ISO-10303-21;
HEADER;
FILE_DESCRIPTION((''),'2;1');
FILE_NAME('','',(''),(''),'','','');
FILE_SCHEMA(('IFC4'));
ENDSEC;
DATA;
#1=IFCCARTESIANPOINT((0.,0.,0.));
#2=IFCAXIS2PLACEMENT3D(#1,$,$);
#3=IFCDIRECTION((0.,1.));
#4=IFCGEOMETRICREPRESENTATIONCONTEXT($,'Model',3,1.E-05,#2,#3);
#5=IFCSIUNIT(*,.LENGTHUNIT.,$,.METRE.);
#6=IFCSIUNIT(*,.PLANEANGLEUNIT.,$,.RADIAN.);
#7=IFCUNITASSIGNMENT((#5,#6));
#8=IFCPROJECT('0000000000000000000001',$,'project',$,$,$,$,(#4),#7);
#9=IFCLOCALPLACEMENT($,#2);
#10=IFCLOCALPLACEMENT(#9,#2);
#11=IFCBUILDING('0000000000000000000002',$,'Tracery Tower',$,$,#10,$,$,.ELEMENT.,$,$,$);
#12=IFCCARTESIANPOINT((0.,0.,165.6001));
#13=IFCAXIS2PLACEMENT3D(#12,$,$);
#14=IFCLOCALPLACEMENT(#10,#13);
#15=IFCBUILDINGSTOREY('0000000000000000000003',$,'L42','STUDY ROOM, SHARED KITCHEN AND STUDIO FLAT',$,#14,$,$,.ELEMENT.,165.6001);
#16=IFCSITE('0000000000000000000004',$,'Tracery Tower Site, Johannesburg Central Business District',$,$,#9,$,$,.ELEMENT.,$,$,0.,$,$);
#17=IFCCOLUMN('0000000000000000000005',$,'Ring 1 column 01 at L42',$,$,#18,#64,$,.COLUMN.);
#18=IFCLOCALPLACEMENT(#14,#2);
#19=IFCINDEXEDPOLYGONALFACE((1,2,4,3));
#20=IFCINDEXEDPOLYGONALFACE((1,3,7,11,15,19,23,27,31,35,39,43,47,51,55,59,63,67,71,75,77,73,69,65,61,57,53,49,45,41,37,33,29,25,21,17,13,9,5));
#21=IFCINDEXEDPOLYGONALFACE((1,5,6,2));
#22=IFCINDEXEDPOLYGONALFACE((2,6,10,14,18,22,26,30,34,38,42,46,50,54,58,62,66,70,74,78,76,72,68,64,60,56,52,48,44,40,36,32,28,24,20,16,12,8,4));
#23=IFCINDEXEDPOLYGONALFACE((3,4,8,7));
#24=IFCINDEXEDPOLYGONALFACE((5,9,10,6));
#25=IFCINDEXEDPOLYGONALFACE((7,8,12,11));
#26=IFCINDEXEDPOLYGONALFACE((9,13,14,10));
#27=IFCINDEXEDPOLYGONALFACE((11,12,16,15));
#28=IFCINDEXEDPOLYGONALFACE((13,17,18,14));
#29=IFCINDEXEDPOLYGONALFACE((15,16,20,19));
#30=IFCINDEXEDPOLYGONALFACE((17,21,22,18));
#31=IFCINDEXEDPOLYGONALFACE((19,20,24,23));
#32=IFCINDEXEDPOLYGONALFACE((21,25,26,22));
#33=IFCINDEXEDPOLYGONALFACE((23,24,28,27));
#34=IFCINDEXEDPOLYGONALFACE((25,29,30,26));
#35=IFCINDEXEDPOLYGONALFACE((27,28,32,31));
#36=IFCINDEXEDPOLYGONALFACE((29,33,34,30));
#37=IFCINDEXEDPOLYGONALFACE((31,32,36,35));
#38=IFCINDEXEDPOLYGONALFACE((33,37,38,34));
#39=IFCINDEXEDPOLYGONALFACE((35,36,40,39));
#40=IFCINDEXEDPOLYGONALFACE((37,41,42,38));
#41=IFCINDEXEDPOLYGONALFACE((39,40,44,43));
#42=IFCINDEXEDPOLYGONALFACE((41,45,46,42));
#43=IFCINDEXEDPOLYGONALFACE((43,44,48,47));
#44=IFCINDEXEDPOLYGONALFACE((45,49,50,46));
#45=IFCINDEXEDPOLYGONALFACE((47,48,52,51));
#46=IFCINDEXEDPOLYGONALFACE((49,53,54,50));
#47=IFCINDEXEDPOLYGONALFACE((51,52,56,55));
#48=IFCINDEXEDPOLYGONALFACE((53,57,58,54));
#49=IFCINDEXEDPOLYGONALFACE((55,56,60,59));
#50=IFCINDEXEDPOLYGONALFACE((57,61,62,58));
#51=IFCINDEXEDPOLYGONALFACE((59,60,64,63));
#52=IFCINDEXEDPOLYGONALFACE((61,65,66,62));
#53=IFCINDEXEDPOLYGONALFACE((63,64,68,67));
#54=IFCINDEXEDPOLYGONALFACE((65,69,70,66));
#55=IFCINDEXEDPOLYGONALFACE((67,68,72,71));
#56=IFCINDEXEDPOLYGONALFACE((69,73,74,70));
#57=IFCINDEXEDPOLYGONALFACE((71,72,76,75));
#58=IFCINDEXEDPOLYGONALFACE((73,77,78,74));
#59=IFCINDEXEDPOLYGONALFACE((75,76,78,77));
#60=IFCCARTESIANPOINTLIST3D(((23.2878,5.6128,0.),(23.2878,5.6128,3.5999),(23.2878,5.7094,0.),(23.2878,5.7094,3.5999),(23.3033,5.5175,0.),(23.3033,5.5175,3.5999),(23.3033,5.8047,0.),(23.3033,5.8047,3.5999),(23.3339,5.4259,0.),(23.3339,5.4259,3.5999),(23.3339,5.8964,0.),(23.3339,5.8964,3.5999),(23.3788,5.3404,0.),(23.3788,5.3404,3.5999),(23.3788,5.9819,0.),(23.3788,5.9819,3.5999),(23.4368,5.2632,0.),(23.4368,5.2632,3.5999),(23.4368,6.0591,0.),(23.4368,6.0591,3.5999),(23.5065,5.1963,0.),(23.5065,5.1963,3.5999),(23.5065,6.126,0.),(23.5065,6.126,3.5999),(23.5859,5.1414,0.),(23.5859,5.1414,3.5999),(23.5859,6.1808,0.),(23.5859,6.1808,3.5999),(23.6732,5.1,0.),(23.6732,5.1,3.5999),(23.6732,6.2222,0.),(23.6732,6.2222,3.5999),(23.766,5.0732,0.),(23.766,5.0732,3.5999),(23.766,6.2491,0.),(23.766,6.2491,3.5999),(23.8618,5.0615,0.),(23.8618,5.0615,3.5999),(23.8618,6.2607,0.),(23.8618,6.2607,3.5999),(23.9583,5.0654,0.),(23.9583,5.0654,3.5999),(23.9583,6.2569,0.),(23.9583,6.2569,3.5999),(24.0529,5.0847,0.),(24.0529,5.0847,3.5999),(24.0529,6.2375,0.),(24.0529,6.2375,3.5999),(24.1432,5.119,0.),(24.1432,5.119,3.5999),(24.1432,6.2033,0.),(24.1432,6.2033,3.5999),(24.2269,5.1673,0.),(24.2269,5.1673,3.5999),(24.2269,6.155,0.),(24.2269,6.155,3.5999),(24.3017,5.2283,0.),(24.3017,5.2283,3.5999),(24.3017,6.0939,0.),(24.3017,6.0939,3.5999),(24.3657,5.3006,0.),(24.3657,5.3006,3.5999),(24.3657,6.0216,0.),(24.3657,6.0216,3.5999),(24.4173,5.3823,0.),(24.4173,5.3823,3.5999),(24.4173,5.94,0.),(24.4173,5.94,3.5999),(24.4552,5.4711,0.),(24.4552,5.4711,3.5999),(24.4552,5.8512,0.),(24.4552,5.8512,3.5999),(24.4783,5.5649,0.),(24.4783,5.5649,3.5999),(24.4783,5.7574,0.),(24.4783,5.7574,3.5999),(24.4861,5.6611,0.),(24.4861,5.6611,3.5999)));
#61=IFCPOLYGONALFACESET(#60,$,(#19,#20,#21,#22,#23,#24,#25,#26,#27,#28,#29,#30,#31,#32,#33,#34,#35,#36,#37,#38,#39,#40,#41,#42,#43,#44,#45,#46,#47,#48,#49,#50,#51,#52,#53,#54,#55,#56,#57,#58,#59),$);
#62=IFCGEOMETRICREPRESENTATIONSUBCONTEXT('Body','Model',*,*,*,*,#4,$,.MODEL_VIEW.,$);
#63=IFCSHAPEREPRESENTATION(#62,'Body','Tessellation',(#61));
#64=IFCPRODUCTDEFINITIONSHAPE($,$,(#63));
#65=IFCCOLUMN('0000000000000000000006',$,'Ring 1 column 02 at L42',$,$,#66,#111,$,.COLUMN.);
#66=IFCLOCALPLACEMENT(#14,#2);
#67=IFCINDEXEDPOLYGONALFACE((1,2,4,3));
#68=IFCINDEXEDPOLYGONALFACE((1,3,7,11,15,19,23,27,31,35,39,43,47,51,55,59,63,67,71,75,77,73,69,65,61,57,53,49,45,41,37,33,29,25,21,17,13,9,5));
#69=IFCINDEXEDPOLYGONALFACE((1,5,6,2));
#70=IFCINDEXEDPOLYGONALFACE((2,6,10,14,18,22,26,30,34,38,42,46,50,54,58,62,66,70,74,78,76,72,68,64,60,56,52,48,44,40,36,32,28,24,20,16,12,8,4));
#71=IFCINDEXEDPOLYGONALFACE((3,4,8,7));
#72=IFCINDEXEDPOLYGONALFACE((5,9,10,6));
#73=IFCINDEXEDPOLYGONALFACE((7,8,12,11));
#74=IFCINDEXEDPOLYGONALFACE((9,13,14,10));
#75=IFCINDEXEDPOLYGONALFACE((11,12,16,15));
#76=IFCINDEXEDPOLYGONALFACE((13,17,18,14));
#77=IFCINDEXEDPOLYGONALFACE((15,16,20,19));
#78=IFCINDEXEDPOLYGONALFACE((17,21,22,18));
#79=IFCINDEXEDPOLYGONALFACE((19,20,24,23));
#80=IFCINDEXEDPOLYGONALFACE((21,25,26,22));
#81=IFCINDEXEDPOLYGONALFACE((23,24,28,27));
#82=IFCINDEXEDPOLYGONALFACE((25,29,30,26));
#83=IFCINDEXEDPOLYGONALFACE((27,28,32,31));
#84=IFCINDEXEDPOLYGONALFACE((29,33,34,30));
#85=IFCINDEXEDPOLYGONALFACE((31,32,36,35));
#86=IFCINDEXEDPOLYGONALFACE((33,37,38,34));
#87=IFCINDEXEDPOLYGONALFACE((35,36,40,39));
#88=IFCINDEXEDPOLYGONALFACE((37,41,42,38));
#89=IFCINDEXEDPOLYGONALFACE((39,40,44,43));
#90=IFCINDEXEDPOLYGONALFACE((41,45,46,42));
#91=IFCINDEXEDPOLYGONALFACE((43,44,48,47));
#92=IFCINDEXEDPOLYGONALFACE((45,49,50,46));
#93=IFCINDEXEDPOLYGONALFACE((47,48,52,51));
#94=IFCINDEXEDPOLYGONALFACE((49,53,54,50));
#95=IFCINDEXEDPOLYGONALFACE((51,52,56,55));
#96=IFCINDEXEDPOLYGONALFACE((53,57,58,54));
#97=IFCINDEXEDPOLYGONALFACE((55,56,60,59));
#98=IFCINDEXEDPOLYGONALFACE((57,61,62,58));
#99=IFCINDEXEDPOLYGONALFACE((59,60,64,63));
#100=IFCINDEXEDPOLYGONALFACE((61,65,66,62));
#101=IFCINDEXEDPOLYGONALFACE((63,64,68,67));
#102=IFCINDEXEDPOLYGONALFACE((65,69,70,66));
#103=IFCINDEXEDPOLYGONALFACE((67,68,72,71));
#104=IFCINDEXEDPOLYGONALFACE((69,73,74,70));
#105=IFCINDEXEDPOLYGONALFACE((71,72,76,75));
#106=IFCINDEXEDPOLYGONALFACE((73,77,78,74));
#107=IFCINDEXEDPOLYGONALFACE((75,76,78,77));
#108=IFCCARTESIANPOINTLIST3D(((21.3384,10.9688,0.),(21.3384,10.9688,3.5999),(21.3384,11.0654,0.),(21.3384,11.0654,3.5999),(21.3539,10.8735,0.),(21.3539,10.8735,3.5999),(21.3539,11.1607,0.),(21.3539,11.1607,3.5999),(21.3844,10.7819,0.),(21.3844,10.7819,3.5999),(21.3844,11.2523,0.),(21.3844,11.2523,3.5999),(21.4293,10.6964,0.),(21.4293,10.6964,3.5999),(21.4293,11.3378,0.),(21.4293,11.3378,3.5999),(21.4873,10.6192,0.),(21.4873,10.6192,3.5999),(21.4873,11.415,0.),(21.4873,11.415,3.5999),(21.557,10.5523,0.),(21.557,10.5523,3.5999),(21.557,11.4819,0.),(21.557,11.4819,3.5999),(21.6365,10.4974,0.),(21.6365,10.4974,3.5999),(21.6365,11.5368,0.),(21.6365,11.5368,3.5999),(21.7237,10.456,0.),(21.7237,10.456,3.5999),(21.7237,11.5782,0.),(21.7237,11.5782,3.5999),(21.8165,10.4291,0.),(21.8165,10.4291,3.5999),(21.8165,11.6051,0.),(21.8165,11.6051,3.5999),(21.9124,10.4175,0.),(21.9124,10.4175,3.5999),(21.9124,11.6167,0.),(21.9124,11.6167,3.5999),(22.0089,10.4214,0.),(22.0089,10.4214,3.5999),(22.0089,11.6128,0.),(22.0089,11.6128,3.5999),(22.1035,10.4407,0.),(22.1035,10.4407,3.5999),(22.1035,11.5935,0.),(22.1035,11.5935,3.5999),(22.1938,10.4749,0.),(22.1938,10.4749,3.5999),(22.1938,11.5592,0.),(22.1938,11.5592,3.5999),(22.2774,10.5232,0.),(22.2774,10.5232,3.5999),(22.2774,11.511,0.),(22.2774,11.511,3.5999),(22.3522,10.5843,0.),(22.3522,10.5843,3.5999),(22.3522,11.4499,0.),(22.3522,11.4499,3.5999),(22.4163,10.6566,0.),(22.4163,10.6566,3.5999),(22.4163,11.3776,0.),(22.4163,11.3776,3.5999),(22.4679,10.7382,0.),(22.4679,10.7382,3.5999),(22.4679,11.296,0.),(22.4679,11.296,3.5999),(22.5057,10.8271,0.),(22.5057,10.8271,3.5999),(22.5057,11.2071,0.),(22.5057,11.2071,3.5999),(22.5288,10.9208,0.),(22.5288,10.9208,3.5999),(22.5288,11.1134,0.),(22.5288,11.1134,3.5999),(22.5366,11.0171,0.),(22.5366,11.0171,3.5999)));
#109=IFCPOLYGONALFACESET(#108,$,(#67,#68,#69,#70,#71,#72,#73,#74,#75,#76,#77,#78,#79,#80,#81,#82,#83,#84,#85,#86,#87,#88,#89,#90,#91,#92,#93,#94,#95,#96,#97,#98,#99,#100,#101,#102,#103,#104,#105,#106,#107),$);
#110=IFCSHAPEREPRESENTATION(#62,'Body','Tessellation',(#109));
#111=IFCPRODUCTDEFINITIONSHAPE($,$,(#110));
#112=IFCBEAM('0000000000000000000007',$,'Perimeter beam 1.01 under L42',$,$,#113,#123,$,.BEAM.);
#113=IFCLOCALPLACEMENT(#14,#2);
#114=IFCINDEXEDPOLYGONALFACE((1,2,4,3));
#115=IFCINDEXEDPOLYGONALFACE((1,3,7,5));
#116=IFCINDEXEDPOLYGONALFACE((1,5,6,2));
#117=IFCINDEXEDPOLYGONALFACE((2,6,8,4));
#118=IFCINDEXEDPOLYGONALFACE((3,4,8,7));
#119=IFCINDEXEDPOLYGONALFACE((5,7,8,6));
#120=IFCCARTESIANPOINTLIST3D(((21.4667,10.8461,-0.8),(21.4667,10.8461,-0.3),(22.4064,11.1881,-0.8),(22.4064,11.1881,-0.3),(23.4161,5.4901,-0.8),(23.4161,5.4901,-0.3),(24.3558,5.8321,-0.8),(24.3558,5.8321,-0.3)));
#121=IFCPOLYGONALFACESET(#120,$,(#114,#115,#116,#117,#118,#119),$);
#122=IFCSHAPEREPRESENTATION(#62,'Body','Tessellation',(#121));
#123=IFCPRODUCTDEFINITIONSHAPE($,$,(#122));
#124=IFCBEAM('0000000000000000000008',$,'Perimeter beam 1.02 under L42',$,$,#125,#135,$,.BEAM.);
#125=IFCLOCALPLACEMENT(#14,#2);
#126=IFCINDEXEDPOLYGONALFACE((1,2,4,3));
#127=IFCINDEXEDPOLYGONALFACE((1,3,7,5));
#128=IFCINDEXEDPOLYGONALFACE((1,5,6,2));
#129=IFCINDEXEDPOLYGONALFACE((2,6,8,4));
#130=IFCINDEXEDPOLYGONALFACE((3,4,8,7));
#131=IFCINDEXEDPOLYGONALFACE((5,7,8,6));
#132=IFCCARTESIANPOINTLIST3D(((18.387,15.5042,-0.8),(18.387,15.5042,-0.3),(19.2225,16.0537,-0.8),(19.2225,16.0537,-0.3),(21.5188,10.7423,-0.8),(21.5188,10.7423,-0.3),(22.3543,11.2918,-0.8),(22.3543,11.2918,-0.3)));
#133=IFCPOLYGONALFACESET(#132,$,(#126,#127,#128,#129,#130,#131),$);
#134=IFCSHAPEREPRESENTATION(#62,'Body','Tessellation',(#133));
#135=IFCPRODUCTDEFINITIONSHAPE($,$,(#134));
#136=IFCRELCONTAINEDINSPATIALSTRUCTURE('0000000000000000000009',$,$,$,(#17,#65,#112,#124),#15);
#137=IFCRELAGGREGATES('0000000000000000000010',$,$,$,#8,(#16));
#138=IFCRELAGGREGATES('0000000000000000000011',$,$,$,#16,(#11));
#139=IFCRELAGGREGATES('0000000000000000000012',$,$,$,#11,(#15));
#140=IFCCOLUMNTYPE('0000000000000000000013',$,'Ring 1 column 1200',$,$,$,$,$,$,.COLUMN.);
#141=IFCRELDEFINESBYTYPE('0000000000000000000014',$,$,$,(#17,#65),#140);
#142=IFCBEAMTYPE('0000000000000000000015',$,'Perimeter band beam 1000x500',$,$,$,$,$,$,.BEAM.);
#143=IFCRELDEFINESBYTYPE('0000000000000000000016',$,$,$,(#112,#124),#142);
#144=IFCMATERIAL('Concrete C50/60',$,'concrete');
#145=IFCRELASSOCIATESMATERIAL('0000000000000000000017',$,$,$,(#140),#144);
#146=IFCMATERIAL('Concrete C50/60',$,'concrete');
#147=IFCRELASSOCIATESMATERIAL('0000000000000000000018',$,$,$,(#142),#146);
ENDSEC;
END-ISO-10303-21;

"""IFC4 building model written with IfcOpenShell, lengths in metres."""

from ifc_helpers import new_model, si_unit, direction, frame, origin, origin_2d, place, context, subcontext, project, spatial, rectangle, circle, extrude, material, material_profile, profile_set, type_object, element, save


model = new_model("IFC4")

# Units and contexts
model_context = context("Model", 3, precision=1e-05, world=origin(), true_north=direction((0.0, 1.0)))
body_context = subcontext(model_context, "Body", "Model", "MODEL_VIEW")
ifc_project = project(units=[si_unit("LENGTHUNIT", "METRE"), si_unit("PLANEANGLEUNIT", "RADIAN")], contexts=[model_context])

# Site, building, storey
site_placement = place(None, origin())
site = spatial("IfcSite", under=ifc_project, at=site_placement, Name="Tracery Tower Site, Johannesburg Central Business District", CompositionType="ELEMENT", RefElevation=0.0)
building_placement = place(site_placement, origin())
building = spatial("IfcBuilding", under=site, at=building_placement, Name="Tracery Tower", CompositionType="ELEMENT")
storey_placement = place(building_placement, frame((0.0, 0.0, 165.6001)))
storey = spatial("IfcBuildingStorey", under=building, at=storey_placement, Name="L42", Description="STUDY ROOM, SHARED KITCHEN AND STUDIO FLAT", CompositionType="ELEMENT", Elevation=165.6001)

# Columns
ifc_material_1 = material(Name="Concrete C50/60", Category="concrete")
ifc_material_profile_1 = material_profile(ifc_material_1, circle(Radius=0.6001, at=origin_2d()), Name="RC D1200")
ifc_profile_set_1 = profile_set([ifc_material_profile_1], Name="Concrete C50/60")
column_type = type_object("IfcColumnType", Name="Ring 1 column 1200", PredefinedType="COLUMN", material=ifc_profile_set_1)
for number, where, z_axis, x_axis, name in (
    (1, (23.886, 5.6611, 0.0), (0.0, 0.0, 1.0), (1.0, 0.0, 0.0), "Ring 1 column 01 at L42"),
    (2, (21.9365, 11.0171, 0.0), (0.0, 0.0, 1.0), (1.0, 0.0, 0.0), "Ring 1 column 02 at L42"),
):
    element("IfcColumn", number, at=place(storey_placement, frame(where, z_axis=z_axis, x_axis=x_axis)), inside=storey, type_object=column_type, Name=name, PredefinedType="COLUMN", context=body_context, shape_type="SweptSolid", body=[
        extrude(circle(Radius=0.6001, at=origin_2d()), origin(), (0.0, 0.0, 1.0), 3.5999),
    ])

# Beams
ifc_material_2 = material(Name="Concrete C50/60", Category="concrete")
ifc_material_profile_2 = material_profile(ifc_material_2, rectangle(XDim=1.0, YDim=0.5, at=origin_2d()), Name="RC 1000x500")
ifc_profile_set_2 = profile_set([ifc_material_profile_2], Name="Concrete C50/60")
beam_type = type_object("IfcBeamType", Name="Perimeter band beam 1000x500", PredefinedType="BEAM", material=ifc_profile_set_2)
beam_1_placement = place(storey_placement, frame((23.886, 5.6611, -0.55), z_axis=(-0.342029, 0.93969, 0.0), x_axis=(-0.93969, -0.342029, 0.0)))
element("IfcBeam", 3, at=beam_1_placement, inside=storey, type_object=beam_type, Name="Perimeter beam 1.01 under L42", PredefinedType="BEAM", context=body_context, shape_type="SweptSolid", body=[
    extrude(rectangle(XDim=1.0, YDim=0.5, at=origin_2d()), origin(), (0.0, 0.0, 1.0), 5.6997),
])
beam_2_placement = place(storey_placement, frame((21.9365, 11.0171, -0.55), z_axis=(-0.54949, 0.8355, 0.0), x_axis=(-0.8355, -0.54949, 0.0)))
element("IfcBeam", 4, at=beam_2_placement, inside=storey, type_object=beam_type, Name="Perimeter beam 1.02 under L42", PredefinedType="BEAM", context=body_context, shape_type="SweptSolid", body=[
    extrude(rectangle(XDim=1.0, YDim=0.5, at=origin_2d()), origin(), (0.0, 0.0, 1.0), 5.6995),
])

save(model, "model.ifc")
